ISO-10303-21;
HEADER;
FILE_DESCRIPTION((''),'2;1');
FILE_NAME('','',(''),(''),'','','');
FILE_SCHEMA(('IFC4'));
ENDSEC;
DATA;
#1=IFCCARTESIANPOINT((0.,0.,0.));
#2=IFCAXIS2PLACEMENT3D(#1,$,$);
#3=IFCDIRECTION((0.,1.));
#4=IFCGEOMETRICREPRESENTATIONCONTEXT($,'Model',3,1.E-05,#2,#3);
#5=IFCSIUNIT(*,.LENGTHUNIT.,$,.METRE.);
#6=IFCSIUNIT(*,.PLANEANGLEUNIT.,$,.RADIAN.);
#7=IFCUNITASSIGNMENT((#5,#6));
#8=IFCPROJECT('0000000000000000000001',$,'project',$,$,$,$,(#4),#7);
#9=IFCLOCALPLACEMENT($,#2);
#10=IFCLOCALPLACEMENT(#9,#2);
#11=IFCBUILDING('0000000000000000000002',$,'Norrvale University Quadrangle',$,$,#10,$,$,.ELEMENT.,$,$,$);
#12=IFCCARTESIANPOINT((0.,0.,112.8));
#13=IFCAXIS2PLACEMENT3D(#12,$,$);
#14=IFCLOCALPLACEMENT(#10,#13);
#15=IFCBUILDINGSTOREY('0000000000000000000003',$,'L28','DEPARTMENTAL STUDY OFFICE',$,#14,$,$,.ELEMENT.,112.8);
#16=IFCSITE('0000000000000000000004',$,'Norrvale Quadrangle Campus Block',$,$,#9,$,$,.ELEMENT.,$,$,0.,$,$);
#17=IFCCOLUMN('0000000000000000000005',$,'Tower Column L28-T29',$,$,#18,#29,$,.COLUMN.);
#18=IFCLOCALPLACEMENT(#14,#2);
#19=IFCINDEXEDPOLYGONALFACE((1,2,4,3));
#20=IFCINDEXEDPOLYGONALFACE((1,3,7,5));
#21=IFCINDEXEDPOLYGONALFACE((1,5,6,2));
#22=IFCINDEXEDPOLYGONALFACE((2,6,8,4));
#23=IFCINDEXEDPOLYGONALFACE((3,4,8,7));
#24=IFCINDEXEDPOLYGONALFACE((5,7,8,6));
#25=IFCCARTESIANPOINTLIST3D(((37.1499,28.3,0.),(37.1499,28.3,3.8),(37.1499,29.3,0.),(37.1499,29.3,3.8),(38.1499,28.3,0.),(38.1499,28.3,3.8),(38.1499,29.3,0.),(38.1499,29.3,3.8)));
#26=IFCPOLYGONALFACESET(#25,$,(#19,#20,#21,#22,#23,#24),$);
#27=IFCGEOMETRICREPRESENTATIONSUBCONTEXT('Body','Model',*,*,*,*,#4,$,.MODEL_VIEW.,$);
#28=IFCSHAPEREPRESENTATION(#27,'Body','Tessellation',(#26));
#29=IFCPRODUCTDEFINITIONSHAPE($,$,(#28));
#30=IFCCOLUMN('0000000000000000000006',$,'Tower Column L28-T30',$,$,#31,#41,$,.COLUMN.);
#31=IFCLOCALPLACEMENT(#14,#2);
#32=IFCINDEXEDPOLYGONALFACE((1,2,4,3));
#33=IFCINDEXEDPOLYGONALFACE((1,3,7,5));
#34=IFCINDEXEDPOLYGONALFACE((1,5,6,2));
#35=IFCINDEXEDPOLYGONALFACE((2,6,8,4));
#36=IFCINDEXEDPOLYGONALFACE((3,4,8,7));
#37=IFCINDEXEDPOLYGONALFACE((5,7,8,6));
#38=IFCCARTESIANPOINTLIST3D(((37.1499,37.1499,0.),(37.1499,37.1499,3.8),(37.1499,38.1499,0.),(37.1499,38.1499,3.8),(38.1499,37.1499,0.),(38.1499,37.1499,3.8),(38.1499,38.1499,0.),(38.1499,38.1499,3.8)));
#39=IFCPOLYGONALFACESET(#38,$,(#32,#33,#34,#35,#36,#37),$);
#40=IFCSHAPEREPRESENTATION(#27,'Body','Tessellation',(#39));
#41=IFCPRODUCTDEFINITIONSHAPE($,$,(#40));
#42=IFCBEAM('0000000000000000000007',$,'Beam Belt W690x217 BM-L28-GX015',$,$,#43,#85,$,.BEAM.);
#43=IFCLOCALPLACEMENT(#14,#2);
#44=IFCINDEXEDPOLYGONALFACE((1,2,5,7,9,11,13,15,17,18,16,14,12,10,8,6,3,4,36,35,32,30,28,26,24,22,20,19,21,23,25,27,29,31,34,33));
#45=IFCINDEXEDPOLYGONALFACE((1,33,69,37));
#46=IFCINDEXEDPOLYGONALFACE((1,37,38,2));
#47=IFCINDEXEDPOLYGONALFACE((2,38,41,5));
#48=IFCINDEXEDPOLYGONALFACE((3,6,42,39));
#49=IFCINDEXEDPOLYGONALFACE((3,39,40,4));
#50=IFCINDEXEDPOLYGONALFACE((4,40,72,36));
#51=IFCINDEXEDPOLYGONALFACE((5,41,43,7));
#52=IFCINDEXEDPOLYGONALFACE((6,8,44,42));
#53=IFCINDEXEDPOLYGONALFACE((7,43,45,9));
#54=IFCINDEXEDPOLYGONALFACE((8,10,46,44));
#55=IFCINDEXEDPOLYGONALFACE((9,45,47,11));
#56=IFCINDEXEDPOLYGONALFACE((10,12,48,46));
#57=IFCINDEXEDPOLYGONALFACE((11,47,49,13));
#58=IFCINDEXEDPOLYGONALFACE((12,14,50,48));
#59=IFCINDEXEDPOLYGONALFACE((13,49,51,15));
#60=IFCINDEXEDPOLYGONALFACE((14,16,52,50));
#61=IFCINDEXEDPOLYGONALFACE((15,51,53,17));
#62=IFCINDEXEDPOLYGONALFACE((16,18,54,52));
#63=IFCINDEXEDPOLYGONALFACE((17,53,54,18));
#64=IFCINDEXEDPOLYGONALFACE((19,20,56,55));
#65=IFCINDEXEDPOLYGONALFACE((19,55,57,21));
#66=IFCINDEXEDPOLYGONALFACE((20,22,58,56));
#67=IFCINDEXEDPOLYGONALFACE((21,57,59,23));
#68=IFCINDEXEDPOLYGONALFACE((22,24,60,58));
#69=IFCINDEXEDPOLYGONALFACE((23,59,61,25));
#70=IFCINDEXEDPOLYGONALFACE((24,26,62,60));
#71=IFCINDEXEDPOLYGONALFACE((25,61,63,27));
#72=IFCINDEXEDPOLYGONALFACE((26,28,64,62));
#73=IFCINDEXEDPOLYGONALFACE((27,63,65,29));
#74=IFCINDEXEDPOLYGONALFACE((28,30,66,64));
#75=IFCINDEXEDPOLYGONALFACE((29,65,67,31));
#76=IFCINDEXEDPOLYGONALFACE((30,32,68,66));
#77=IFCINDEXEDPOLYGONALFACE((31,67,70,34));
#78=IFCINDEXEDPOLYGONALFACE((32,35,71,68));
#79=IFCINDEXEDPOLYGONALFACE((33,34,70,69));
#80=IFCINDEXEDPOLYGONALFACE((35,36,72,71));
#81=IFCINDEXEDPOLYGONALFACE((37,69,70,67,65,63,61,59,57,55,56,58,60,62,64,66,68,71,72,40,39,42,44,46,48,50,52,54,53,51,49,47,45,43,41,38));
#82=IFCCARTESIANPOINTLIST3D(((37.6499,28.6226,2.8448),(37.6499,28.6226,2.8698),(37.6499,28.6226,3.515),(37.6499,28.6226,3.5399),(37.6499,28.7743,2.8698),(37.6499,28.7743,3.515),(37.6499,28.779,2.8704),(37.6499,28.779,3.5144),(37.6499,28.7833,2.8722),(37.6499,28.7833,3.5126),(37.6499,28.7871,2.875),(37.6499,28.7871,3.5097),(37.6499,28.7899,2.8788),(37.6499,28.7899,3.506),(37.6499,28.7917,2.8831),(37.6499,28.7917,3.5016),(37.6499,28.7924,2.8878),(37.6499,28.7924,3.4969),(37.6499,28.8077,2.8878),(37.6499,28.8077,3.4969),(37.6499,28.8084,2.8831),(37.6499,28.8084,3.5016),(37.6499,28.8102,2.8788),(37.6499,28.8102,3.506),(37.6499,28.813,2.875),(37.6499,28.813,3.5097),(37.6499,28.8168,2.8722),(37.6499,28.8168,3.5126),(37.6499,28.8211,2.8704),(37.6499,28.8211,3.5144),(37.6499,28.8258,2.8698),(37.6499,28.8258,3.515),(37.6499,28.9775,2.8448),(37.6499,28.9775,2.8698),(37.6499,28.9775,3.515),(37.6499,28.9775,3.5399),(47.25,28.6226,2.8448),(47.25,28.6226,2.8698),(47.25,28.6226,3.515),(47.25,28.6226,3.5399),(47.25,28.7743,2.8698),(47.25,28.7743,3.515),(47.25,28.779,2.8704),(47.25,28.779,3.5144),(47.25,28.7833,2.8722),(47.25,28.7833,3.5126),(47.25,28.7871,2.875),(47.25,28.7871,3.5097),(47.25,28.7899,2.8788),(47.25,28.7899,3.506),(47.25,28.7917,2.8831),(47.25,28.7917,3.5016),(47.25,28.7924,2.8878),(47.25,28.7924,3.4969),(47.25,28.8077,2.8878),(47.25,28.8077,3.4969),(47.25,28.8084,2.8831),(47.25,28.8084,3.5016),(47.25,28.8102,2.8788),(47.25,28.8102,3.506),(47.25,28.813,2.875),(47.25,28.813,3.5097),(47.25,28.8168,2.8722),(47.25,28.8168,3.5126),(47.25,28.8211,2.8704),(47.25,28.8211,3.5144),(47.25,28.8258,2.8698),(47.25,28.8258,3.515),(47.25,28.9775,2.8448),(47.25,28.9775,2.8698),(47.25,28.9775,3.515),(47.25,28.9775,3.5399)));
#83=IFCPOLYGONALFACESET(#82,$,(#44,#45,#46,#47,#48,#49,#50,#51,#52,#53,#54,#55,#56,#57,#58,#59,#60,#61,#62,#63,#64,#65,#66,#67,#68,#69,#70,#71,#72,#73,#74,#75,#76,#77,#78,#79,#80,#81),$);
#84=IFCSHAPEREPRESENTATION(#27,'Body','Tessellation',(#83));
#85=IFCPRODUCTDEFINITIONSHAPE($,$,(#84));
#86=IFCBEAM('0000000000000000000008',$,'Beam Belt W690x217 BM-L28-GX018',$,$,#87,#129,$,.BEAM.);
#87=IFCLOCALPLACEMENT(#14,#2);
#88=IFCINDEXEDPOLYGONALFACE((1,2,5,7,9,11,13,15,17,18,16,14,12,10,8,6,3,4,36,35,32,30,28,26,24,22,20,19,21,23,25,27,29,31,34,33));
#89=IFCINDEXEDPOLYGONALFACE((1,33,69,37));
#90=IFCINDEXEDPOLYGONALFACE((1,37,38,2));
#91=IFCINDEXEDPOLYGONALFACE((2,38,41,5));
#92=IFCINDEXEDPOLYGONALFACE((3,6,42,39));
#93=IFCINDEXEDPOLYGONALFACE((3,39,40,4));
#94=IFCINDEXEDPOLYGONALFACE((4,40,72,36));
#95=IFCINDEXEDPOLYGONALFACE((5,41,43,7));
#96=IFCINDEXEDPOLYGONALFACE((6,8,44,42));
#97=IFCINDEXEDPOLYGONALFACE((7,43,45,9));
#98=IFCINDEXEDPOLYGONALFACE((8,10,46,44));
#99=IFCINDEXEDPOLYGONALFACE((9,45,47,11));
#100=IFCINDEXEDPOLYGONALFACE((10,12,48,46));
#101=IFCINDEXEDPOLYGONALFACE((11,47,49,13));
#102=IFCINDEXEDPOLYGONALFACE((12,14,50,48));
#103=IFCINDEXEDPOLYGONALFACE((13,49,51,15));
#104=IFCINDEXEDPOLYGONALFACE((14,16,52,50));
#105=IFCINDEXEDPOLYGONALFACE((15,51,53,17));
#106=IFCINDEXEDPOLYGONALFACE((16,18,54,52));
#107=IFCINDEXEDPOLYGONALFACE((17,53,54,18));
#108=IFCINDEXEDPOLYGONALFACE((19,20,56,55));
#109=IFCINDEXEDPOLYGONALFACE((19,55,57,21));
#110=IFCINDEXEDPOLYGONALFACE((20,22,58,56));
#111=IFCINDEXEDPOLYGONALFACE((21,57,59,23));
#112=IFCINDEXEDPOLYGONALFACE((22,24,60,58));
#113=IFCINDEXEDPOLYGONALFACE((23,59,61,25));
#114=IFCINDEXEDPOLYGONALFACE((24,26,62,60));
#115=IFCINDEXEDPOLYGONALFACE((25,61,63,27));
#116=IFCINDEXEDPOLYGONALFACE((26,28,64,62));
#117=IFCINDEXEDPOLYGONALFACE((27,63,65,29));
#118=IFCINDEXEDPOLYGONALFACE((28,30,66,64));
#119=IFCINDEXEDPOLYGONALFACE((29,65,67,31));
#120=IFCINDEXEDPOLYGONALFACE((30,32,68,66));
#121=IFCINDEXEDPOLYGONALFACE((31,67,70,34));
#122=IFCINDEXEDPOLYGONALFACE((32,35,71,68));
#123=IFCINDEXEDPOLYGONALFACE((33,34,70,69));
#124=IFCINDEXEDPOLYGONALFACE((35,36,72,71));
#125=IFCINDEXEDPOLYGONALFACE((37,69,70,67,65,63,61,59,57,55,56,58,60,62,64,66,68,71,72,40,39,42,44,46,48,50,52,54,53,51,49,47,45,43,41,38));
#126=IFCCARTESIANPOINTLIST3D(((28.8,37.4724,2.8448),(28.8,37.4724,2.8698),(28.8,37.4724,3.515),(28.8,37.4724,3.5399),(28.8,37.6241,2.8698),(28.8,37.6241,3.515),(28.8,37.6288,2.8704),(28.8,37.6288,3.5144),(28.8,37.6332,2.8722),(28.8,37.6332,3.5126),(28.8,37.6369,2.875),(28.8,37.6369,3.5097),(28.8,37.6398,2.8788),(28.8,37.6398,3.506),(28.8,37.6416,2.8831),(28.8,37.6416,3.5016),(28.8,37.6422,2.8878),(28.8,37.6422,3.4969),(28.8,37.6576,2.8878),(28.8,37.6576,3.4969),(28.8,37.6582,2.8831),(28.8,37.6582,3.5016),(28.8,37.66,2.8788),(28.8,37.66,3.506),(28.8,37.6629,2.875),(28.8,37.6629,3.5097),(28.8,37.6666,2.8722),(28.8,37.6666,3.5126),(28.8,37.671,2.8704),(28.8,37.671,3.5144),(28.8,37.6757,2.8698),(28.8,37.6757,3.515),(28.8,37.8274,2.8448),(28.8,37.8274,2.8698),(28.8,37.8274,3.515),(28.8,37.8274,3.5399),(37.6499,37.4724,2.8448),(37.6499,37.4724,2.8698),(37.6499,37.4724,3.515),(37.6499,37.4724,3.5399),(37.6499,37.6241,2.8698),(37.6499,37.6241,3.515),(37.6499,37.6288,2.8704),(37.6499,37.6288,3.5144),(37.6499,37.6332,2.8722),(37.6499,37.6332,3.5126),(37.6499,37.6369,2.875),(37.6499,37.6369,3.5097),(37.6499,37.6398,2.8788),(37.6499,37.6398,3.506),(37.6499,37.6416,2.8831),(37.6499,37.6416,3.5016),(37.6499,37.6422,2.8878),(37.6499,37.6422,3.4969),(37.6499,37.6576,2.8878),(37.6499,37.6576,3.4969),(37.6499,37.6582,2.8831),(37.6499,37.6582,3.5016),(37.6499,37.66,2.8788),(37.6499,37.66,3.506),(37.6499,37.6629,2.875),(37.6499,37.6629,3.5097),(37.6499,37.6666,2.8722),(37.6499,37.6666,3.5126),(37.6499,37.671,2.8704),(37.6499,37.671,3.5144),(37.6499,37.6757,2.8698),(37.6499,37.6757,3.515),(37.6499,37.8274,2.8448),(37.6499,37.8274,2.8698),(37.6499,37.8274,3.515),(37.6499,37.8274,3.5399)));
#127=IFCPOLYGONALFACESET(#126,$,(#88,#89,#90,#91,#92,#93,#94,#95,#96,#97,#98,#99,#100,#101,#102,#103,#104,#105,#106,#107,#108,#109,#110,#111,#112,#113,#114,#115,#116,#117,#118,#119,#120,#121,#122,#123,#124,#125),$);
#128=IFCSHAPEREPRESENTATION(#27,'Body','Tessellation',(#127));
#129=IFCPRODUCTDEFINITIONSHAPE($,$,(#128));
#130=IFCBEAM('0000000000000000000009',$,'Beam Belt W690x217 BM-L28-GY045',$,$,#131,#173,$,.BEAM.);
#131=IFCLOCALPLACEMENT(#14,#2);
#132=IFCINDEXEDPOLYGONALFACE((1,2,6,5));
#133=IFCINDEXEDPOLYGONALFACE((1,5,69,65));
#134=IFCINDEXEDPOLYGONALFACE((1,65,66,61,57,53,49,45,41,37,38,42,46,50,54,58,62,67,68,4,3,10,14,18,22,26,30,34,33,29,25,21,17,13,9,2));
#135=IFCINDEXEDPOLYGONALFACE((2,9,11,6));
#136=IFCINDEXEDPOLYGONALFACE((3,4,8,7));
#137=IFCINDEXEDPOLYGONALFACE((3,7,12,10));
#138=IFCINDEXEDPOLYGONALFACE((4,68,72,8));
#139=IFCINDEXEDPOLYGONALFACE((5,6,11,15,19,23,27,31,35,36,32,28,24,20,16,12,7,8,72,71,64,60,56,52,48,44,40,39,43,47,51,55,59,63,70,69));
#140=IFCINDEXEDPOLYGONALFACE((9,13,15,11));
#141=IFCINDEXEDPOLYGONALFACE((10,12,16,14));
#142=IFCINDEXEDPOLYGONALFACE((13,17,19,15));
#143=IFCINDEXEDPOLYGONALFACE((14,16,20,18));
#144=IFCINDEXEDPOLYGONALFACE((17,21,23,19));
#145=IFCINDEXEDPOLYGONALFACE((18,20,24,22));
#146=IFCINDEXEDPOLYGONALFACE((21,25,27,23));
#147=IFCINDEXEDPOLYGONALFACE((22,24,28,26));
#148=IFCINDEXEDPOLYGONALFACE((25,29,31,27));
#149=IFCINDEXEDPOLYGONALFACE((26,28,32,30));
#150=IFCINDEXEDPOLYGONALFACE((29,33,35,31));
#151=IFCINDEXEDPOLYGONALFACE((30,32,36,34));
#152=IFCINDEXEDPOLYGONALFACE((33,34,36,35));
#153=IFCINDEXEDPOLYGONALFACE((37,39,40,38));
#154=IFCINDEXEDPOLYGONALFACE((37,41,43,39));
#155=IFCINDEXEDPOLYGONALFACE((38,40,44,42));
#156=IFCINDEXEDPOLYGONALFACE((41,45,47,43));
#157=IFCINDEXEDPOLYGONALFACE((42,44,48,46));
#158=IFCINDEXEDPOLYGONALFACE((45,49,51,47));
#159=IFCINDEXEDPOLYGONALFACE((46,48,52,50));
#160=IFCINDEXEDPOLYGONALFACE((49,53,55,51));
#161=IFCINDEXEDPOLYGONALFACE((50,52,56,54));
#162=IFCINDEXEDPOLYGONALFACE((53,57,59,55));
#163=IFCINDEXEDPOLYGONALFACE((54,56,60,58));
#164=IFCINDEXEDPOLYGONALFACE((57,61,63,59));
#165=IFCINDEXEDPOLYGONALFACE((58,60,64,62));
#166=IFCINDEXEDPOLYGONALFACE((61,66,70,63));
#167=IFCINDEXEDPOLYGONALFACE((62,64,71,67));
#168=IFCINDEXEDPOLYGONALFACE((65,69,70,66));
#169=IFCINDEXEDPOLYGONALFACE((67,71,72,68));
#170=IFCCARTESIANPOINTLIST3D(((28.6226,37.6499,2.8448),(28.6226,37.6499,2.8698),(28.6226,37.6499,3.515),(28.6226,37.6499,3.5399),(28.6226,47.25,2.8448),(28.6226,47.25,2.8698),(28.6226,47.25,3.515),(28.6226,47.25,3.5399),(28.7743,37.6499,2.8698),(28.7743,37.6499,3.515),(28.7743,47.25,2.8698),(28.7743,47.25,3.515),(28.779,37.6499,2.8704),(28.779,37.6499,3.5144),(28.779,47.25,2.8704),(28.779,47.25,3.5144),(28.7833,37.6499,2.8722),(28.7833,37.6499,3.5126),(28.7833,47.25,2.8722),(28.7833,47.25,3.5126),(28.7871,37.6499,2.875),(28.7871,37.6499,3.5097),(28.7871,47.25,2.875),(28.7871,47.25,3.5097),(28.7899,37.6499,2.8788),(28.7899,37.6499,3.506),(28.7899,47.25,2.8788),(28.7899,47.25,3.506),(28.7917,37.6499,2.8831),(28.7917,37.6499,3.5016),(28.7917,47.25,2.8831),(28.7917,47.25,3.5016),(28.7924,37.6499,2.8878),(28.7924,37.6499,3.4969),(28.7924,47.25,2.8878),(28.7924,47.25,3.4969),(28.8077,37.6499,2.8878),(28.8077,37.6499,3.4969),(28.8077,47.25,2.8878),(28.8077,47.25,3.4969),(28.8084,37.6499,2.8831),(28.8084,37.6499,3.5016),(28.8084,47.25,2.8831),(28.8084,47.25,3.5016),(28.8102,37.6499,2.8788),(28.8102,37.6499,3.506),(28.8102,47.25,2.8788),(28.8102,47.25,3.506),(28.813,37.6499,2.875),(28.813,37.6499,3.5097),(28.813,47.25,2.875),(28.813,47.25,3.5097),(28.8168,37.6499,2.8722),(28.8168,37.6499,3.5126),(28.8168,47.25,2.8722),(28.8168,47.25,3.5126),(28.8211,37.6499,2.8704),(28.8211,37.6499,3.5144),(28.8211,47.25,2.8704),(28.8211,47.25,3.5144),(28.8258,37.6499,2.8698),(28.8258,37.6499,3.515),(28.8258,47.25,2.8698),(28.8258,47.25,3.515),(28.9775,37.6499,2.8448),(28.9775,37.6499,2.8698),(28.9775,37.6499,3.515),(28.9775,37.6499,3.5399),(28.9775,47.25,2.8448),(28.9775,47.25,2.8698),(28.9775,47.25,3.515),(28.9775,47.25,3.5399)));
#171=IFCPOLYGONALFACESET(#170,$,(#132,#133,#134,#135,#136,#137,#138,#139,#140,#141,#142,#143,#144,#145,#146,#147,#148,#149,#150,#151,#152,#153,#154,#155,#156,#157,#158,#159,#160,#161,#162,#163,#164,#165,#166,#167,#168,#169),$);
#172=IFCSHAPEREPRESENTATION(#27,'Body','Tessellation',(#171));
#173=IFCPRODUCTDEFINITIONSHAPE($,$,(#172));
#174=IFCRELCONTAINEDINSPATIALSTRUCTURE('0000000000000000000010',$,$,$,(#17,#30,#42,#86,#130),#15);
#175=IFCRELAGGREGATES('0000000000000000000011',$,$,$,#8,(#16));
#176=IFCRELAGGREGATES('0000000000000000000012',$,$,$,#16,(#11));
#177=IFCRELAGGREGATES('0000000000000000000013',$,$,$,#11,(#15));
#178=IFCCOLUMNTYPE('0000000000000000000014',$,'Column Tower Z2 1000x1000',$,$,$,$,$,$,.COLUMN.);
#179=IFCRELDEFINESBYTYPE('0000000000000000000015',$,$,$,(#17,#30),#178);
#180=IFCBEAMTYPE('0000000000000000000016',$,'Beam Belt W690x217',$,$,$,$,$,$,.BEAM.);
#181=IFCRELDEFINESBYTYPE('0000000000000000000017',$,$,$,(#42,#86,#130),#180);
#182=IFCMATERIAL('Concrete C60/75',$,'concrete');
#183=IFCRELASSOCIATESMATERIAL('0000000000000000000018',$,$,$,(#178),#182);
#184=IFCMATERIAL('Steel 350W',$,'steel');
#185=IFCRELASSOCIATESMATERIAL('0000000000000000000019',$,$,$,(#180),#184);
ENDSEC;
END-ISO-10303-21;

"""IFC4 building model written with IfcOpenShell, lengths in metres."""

from ifc_helpers import new_model, si_unit, direction, frame, origin, origin_2d, place, context, subcontext, project, spatial, rectangle, i_section, extrude, material, material_profile, profile_set, type_object, element, save


model = new_model("IFC4")

# Units and contexts
model_context = context("Model", 3, precision=1e-05, world=origin(), true_north=direction((0.0, 1.0)))
body_context = subcontext(model_context, "Body", "Model", "MODEL_VIEW")
ifc_project = project(units=[si_unit("LENGTHUNIT", "METRE"), si_unit("PLANEANGLEUNIT", "RADIAN")], contexts=[model_context])

# Site, building, storey
site_placement = place(None, origin())
site = spatial("IfcSite", under=ifc_project, at=site_placement, Name="Norrvale Quadrangle Campus Block", CompositionType="ELEMENT", RefElevation=0.0)
building_placement = place(site_placement, origin())
building = spatial("IfcBuilding", under=site, at=building_placement, Name="Norrvale University Quadrangle", CompositionType="ELEMENT")
storey_placement = place(building_placement, frame((0.0, 0.0, 112.8)))
storey = spatial("IfcBuildingStorey", under=building, at=storey_placement, Name="L28", Description="DEPARTMENTAL STUDY OFFICE", CompositionType="ELEMENT", Elevation=112.8)

# Columns
ifc_material_1 = material(Name="Concrete C60/75", Category="concrete")
ifc_material_profile_1 = material_profile(ifc_material_1, rectangle(XDim=1.0, YDim=1.0, at=origin_2d()), Name="Concrete C60/75")
ifc_profile_set_1 = profile_set([ifc_material_profile_1], Name="Concrete C60/75")
column_type = type_object("IfcColumnType", Name="Column Tower Z2 1000x1000", PredefinedType="COLUMN", material=ifc_profile_set_1)
for number, where, z_axis, x_axis, name in (
    (1, (37.6499, 28.8, 0.0), (0.0, 0.0, 1.0), (1.0, 0.0, 0.0), "Tower Column L28-T29"),
    (2, (37.6499, 37.6499, 0.0), (0.0, 0.0, 1.0), (1.0, 0.0, 0.0), "Tower Column L28-T30"),
):
    element("IfcColumn", number, at=place(storey_placement, frame(where, z_axis=z_axis, x_axis=x_axis)), inside=storey, type_object=column_type, Name=name, PredefinedType="COLUMN", context=body_context, shape_type="SweptSolid", body=[
        extrude(rectangle(XDim=1.0, YDim=1.0, at=origin_2d()), origin(), (0.0, 0.0, 1.0), 3.8),
    ])

# Beams
ifc_material_2 = material(Name="Steel 350W", Category="steel")
ifc_material_profile_2 = material_profile(ifc_material_2, i_section(OverallWidth=0.355, OverallDepth=0.6951, WebThickness=0.0154, FlangeThickness=0.0249, FilletRadius=0.0181, at=origin_2d()), Name="Steel 350W")
ifc_profile_set_2 = profile_set([ifc_material_profile_2], Name="Steel 350W")
beam_type_1 = type_object("IfcBeamType", Name="Beam Belt W690x217", PredefinedType="BEAM", material=ifc_profile_set_2)
beam_1_placement = place(storey_placement, frame((37.6499, 28.8, 3.1924), z_axis=(1.0, 0.0, 0.0), x_axis=(0.0, 1.0, 0.0)))
element("IfcBeam", 3, at=beam_1_placement, inside=storey, type_object=beam_type_1, Name="Beam Belt W690x217 BM-L28-GX015", PredefinedType="BEAM", context=body_context, shape_type="SweptSolid", body=[
    extrude(i_section(OverallWidth=0.355, OverallDepth=0.6951, WebThickness=0.0154, FlangeThickness=0.0249, FilletRadius=0.0181, at=origin_2d()), origin(), (0.0, 0.0, 1.0), 9.6001),
])
beam_2_placement = place(storey_placement, frame((28.8, 37.6499, 3.1924), z_axis=(1.0, 0.0, 0.0), x_axis=(0.0, 1.0, 0.0)))
element("IfcBeam", 4, at=beam_2_placement, inside=storey, type_object=beam_type_1, Name="Beam Belt W690x217 BM-L28-GX018", PredefinedType="BEAM", context=body_context, shape_type="SweptSolid", body=[
    extrude(i_section(OverallWidth=0.355, OverallDepth=0.6951, WebThickness=0.0154, FlangeThickness=0.0249, FilletRadius=0.0181, at=origin_2d()), origin(), (0.0, 0.0, 1.0), 8.8499),
])
beam_3_placement = place(storey_placement, frame((28.8, 37.6499, 3.1924), z_axis=(0.0, 1.0, 0.0), x_axis=(-1.0, 0.0, 0.0)))
element("IfcBeam", 5, at=beam_3_placement, inside=storey, type_object=beam_type_1, Name="Beam Belt W690x217 BM-L28-GY045", PredefinedType="BEAM", context=body_context, shape_type="SweptSolid", body=[
    extrude(i_section(OverallWidth=0.355, OverallDepth=0.6951, WebThickness=0.0154, FlangeThickness=0.0249, FilletRadius=0.0181, at=origin_2d()), origin(), (0.0, 0.0, 1.0), 9.6001),
])

save(model, "model.ifc")
